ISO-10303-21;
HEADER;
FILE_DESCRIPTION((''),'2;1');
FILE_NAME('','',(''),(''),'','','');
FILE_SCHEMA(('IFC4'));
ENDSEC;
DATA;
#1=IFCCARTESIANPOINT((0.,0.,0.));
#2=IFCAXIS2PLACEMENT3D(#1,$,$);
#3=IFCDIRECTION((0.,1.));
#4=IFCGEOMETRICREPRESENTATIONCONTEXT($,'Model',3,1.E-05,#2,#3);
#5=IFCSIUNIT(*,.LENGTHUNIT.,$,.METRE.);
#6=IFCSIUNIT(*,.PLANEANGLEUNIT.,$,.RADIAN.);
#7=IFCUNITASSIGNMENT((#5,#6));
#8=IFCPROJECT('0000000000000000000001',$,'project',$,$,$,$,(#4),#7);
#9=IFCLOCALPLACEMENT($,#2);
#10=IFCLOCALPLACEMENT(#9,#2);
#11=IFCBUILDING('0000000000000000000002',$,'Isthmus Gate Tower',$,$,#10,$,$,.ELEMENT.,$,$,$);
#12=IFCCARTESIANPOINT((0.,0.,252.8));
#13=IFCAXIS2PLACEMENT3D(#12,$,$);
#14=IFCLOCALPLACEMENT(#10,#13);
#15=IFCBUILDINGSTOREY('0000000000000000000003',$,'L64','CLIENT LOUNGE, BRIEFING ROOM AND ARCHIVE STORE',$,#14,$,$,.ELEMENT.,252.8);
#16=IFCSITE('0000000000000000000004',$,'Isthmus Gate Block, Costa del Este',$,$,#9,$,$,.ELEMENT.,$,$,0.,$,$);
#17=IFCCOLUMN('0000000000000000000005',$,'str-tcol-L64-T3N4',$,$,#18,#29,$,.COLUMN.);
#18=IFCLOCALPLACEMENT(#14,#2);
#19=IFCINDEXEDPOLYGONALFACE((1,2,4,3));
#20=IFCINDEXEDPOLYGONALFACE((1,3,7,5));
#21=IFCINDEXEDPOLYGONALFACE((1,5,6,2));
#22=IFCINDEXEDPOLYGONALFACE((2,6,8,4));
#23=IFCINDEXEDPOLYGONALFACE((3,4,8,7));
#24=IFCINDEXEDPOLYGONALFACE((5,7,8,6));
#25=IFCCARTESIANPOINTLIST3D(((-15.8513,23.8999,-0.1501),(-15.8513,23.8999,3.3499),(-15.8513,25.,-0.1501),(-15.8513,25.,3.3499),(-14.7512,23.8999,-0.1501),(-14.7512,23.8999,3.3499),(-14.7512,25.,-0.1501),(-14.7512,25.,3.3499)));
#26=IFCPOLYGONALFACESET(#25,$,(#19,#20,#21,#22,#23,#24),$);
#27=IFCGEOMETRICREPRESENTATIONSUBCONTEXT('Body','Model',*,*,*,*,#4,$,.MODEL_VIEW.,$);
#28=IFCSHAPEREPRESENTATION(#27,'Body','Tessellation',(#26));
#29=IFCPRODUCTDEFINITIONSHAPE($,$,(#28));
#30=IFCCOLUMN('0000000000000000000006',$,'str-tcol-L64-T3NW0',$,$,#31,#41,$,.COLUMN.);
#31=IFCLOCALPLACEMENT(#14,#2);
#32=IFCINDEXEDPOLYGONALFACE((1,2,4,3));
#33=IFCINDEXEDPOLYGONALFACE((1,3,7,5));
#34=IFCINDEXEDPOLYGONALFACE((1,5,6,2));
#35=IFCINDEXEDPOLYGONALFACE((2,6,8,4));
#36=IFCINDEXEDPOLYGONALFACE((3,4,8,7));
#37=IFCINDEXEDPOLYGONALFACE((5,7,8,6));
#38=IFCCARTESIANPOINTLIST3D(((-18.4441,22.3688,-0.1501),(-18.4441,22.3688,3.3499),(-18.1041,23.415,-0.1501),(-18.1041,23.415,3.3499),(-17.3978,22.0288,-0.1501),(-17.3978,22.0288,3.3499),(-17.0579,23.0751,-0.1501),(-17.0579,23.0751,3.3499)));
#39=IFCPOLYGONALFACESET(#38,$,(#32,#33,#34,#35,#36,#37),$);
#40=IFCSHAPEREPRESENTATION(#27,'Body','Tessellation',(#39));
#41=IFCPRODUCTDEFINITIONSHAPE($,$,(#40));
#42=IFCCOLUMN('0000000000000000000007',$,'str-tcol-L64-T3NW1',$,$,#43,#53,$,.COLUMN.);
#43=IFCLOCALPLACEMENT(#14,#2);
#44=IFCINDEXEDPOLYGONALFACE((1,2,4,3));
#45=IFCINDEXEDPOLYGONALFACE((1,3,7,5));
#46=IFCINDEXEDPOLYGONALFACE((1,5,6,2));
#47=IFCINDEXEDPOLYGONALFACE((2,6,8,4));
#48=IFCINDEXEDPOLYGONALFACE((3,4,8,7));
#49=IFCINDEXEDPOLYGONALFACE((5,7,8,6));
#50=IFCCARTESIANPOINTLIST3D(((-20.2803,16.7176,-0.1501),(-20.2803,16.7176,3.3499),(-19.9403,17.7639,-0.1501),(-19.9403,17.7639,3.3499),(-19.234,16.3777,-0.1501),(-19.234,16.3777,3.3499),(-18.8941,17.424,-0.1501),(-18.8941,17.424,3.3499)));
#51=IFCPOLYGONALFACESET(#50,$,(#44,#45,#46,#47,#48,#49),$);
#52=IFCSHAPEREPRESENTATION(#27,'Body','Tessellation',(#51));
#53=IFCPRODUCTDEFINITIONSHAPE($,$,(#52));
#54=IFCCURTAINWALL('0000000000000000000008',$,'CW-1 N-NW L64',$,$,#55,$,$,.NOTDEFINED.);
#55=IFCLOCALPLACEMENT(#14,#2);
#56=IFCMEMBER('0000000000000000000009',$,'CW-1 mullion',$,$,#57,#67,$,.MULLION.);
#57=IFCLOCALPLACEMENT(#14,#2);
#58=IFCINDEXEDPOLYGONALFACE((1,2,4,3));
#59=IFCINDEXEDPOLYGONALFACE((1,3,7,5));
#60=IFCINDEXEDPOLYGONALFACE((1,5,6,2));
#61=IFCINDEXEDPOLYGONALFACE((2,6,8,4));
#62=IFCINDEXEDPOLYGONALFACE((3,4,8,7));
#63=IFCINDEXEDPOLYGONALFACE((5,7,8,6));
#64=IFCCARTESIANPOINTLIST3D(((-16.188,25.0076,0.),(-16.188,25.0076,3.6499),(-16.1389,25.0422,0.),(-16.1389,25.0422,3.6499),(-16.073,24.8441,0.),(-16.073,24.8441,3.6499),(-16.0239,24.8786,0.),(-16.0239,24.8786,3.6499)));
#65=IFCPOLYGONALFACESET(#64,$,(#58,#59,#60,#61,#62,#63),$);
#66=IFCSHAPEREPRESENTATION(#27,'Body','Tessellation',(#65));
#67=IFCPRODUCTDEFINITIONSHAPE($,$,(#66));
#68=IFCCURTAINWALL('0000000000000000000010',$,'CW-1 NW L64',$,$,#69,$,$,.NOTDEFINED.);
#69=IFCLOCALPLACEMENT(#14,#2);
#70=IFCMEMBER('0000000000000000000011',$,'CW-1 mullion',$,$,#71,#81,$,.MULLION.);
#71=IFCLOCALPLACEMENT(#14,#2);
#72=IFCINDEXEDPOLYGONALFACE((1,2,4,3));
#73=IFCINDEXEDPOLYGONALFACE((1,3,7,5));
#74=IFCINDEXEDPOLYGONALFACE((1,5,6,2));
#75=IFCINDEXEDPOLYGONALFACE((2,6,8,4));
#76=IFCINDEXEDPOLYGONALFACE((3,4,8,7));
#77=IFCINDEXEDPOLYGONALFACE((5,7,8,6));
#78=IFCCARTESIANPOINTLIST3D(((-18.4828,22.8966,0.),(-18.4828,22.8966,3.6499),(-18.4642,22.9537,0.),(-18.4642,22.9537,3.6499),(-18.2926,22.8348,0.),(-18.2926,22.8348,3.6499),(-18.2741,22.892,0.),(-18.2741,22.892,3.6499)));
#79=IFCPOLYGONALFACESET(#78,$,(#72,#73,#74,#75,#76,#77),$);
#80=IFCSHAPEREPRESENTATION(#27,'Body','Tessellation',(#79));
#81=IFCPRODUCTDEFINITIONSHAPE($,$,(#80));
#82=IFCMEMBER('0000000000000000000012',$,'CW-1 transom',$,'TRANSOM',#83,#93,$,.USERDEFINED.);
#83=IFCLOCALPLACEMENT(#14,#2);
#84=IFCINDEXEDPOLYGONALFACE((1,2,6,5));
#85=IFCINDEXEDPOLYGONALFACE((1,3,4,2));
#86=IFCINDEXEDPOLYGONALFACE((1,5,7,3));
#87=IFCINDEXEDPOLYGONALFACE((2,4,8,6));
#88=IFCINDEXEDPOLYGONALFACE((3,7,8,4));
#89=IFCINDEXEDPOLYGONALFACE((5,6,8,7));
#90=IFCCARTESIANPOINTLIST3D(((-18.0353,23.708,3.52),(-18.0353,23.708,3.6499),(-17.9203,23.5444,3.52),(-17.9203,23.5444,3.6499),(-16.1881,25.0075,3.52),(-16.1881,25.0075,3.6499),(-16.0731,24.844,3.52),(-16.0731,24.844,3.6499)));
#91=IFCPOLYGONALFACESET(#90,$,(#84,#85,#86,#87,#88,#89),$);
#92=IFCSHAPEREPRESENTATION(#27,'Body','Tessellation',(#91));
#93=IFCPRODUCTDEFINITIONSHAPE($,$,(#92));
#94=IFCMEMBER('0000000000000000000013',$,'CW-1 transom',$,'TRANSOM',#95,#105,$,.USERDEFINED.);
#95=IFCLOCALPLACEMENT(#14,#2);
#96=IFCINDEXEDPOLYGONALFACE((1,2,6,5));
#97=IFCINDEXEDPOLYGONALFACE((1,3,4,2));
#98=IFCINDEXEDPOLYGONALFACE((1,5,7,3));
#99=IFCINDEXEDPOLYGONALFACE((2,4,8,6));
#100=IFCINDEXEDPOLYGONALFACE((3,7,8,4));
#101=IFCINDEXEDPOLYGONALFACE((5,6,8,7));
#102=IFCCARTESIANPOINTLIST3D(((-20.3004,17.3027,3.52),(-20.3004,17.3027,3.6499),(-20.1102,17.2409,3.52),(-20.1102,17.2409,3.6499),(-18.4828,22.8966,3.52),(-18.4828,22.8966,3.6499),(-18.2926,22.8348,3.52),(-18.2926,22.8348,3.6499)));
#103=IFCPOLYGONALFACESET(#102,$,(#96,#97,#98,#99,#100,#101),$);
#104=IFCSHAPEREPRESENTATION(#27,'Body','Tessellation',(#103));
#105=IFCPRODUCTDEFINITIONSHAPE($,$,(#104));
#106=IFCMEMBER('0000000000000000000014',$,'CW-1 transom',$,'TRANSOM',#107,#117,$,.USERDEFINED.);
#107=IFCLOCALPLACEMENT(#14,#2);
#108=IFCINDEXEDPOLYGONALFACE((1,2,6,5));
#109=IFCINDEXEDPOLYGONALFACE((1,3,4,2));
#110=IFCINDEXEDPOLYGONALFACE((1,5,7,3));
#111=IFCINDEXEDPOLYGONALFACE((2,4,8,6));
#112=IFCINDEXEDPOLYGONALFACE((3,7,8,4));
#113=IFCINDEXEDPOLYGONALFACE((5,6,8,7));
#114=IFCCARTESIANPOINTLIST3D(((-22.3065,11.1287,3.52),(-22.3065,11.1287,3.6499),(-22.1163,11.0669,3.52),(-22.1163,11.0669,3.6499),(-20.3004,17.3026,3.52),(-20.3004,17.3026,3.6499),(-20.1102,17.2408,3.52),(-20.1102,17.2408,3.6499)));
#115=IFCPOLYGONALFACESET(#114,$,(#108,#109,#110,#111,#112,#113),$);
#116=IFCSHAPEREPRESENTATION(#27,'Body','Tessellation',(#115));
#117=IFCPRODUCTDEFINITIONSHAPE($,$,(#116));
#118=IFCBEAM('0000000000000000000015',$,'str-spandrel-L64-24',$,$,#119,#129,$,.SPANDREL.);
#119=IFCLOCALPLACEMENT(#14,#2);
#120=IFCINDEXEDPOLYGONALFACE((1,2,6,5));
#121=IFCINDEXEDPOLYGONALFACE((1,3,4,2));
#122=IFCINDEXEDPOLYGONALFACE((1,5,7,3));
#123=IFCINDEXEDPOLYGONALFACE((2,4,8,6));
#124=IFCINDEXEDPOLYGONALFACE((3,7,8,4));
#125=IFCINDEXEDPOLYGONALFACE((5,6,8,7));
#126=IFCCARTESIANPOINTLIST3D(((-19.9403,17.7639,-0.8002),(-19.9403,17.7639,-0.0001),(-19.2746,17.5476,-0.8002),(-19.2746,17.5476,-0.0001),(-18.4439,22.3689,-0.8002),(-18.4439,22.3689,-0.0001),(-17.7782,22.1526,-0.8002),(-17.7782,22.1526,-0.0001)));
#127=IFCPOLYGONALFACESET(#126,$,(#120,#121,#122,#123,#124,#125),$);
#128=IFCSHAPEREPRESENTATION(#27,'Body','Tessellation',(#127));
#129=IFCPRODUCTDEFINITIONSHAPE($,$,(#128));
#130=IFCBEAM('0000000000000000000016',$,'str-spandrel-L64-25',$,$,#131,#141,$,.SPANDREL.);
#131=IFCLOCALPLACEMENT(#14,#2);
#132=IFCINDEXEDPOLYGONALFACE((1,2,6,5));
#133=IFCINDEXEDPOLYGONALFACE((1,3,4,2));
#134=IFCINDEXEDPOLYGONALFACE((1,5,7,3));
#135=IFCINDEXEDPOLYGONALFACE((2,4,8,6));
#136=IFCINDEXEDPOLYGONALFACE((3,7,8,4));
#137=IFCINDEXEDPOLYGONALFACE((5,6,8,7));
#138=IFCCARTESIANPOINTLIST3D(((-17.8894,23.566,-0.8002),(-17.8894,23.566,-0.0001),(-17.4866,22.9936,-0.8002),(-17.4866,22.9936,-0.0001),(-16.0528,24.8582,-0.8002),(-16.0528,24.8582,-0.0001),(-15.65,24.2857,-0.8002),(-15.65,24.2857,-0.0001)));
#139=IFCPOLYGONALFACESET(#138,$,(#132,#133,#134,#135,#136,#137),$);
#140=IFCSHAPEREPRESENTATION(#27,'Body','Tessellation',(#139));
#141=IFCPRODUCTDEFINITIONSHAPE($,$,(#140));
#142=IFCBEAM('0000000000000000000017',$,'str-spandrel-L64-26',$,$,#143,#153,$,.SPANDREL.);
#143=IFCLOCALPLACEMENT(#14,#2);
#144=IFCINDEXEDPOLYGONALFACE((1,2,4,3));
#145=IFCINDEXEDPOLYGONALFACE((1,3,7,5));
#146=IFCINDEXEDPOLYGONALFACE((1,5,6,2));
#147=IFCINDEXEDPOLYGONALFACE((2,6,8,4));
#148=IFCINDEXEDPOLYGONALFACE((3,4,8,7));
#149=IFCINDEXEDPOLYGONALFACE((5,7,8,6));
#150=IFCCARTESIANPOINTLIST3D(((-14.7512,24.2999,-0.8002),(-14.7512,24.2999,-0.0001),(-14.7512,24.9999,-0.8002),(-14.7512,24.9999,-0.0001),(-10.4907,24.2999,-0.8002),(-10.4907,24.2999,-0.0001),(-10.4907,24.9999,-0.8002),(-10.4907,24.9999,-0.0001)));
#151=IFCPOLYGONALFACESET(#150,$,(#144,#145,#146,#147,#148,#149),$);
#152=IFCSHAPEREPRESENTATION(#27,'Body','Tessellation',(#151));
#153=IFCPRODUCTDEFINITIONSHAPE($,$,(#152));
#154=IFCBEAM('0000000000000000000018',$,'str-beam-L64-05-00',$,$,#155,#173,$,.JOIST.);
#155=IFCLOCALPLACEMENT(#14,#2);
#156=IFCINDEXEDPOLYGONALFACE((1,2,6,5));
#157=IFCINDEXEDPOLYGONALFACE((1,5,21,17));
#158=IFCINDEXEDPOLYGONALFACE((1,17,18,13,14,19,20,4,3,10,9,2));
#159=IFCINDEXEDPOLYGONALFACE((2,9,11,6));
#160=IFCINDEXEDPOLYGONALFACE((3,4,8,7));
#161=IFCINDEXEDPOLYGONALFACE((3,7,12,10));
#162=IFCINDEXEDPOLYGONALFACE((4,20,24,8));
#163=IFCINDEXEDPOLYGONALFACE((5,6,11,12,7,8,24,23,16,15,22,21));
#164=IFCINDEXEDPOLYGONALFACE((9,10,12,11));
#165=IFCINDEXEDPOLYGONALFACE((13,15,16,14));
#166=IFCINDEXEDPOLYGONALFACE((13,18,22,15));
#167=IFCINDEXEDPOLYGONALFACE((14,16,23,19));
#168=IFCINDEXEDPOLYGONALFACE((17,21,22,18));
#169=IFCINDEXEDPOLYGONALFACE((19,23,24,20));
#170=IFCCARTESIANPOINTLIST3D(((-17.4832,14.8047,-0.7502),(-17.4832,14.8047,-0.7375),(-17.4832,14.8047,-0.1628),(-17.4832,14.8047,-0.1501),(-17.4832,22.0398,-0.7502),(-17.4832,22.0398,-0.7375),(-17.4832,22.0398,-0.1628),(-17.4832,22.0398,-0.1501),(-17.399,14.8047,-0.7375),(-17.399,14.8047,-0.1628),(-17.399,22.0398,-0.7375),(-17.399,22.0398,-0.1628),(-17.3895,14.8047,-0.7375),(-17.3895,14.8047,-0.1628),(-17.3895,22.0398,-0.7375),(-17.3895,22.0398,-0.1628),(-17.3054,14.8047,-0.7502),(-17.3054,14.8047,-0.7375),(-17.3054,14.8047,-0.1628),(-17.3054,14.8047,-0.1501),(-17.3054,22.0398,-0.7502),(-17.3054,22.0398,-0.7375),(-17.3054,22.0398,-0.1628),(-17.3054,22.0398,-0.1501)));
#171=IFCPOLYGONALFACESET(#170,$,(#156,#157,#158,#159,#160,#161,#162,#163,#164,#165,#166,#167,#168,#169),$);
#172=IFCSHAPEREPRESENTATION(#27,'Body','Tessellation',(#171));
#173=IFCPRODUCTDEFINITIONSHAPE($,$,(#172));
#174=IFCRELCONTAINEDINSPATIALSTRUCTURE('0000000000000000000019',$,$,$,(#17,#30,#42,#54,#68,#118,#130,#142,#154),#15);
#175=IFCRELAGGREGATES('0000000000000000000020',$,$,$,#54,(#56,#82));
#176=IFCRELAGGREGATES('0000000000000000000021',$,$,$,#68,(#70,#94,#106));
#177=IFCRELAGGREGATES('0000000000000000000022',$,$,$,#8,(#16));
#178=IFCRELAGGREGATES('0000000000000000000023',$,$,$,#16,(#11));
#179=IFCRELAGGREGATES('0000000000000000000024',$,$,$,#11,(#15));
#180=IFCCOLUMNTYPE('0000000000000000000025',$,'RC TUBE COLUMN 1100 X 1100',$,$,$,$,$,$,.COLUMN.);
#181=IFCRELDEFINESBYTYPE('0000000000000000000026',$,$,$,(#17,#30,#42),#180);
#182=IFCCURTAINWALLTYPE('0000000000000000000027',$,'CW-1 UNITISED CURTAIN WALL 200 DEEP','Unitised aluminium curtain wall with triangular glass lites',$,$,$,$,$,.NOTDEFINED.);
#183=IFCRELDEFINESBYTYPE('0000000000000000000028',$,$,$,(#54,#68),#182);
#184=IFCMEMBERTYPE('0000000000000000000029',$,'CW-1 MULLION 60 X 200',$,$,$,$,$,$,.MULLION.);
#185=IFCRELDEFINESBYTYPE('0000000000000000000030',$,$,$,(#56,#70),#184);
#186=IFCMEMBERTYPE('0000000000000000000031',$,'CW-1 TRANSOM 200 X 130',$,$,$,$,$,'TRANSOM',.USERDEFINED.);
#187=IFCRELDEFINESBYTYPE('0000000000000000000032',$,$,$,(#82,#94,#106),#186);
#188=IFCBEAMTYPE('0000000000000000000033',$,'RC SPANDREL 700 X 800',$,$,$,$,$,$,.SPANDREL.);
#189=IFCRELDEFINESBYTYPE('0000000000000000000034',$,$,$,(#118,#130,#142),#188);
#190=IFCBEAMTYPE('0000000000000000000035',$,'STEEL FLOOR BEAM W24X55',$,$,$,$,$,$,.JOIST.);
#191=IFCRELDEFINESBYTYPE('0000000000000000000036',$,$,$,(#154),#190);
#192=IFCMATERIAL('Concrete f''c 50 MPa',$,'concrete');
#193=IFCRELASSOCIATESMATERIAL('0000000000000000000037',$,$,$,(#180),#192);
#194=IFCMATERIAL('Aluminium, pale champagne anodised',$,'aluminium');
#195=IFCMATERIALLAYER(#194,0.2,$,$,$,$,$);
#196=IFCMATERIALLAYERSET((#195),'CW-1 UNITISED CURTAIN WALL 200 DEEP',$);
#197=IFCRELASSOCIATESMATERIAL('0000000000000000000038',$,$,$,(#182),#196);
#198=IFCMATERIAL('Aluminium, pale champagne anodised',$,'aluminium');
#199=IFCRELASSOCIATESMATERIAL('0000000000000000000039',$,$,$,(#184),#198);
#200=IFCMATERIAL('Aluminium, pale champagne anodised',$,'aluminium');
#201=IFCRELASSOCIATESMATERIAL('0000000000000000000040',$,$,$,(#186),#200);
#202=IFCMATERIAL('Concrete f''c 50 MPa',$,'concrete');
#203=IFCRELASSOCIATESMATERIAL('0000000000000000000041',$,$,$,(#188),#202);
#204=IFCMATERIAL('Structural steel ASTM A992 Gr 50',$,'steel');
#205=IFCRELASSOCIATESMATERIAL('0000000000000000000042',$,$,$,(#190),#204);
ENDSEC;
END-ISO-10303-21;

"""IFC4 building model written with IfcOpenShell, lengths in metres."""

from ifc_helpers import new_model, si_unit, direction, frame, origin, origin_2d, place, context, subcontext, project, spatial, rectangle, i_section, extrude, material, layer, layer_set, material_profile, profile_set, type_object, element, aggregate, save


model = new_model("IFC4")

# Units and contexts
model_context = context("Model", 3, precision=1e-05, world=origin(), true_north=direction((0.0, 1.0)))
body_context = subcontext(model_context, "Body", "Model", "MODEL_VIEW")
ifc_project = project(units=[si_unit("LENGTHUNIT", "METRE"), si_unit("PLANEANGLEUNIT", "RADIAN")], contexts=[model_context])

# Site, building, storey
site_placement = place(None, origin())
site = spatial("IfcSite", under=ifc_project, at=site_placement, Name="Isthmus Gate Block, Costa del Este", CompositionType="ELEMENT", RefElevation=0.0)
building_placement = place(site_placement, origin())
building = spatial("IfcBuilding", under=site, at=building_placement, Name="Isthmus Gate Tower", CompositionType="ELEMENT")
storey_placement = place(building_placement, frame((0.0, 0.0, 252.8)))
storey = spatial("IfcBuildingStorey", under=building, at=storey_placement, Name="L64", Description="CLIENT LOUNGE, BRIEFING ROOM AND ARCHIVE STORE", CompositionType="ELEMENT", Elevation=252.8)

# Columns
ifc_material_1 = material(Name="Concrete f'c 50 MPa", Category="concrete")
ifc_material_profile_1 = material_profile(ifc_material_1, rectangle(XDim=1.1001, YDim=1.1001, at=origin_2d()), Name="RC 1100X1100")
ifc_profile_set_1 = profile_set([ifc_material_profile_1], Name="Concrete f'c 50 MPa")
column_type = type_object("IfcColumnType", Name="RC TUBE COLUMN 1100 X 1100", PredefinedType="COLUMN", material=ifc_profile_set_1)
for number, where, z_axis, x_axis, name in (
    (1, (-15.3013, 24.45, -0.1501), (0.0, 0.0, 1.0), (-1.0, 0.0, 0.0), "str-tcol-L64-T3N4"),
    (2, (-17.751, 22.7219, -0.1501), (0.0, 0.0, 1.0), (-0.309017, -0.951057, 0.0), "str-tcol-L64-T3NW0"),
    (3, (-19.5872, 17.0708, -0.1501), (0.0, 0.0, 1.0), (-0.309017, -0.951057, 0.0), "str-tcol-L64-T3NW1"),
):
    element("IfcColumn", number, at=place(storey_placement, frame(where, z_axis=z_axis, x_axis=x_axis)), inside=storey, type_object=column_type, Name=name, PredefinedType="COLUMN", context=body_context, shape_type="SweptSolid", body=[
        extrude(rectangle(XDim=1.1001, YDim=1.1001, at=origin_2d()), origin(), (0.0, 0.0, 1.0), 3.5),
    ])

# Curtain walls, members
ifc_material_2 = material(Name="Aluminium, pale champagne anodised", Category="aluminium")
ifc_layer_1 = layer(ifc_material_2, 0.2)
ifc_layer_set_1 = layer_set([ifc_layer_1], Name="CW-1 UNITISED CURTAIN WALL 200 DEEP")
curtain_wall_type = type_object("IfcCurtainWallType", Name="CW-1 UNITISED CURTAIN WALL 200 DEEP", Description="Unitised aluminium curtain wall with triangular glass lites", PredefinedType="NOTDEFINED", material=ifc_layer_set_1)
curtain_wall_1_placement = place(storey_placement, origin())
curtain_wall_1 = element("IfcCurtainWall", 4, at=curtain_wall_1_placement, inside=storey, type_object=curtain_wall_type, Name="CW-1 N-NW L64", PredefinedType="NOTDEFINED")
ifc_material_3 = material(Name="Aluminium, pale champagne anodised", Category="aluminium")
ifc_material_profile_2 = material_profile(ifc_material_3, rectangle(XDim=0.0601, YDim=0.2, at=origin_2d()), Name="60x200")
ifc_profile_set_2 = profile_set([ifc_material_profile_2], Name="Aluminium, pale champagne anodised")
member_type_1 = type_object("IfcMemberType", Name="CW-1 MULLION 60 X 200", PredefinedType="MULLION", material=ifc_profile_set_2)
member_1_placement = place(storey_placement, frame((-16.106, 24.9431, 0.0), z_axis=(0.0, 0.0, 1.0), x_axis=(-0.81786, -0.575418, 0.0)))
member_1 = element("IfcMember", 5, at=member_1_placement, type_object=member_type_1, Name="CW-1 mullion", PredefinedType="MULLION", context=body_context, shape_type="SweptSolid", body=[
    extrude(rectangle(XDim=0.0601, YDim=0.2, at=origin_2d()), origin(), (0.0, 0.0, 1.0), 3.6499),
])
curtain_wall_2_placement = place(storey_placement, origin())
curtain_wall_2 = element("IfcCurtainWall", 6, at=curtain_wall_2_placement, inside=storey, type_object=curtain_wall_type, Name="CW-1 NW L64", PredefinedType="NOTDEFINED")
member_2_placement = place(storey_placement, frame((-18.3784, 22.8943, 0.0), z_axis=(0.0, 0.0, 1.0), x_axis=(-0.309017, -0.951057, 0.0)))
member_2 = element("IfcMember", 7, at=member_2_placement, type_object=member_type_1, Name="CW-1 mullion", PredefinedType="MULLION", context=body_context, shape_type="SweptSolid", body=[
    extrude(rectangle(XDim=0.0601, YDim=0.2, at=origin_2d()), origin(), (0.0, 0.0, 1.0), 3.6499),
])

# Members
ifc_material_4 = material(Name="Aluminium, pale champagne anodised", Category="aluminium")
ifc_material_profile_3 = material_profile(ifc_material_4, rectangle(XDim=0.2, YDim=0.1299, at=origin_2d()), Name="200x130")
ifc_profile_set_3 = profile_set([ifc_material_profile_3], Name="Aluminium, pale champagne anodised")
member_type_2 = type_object("IfcMemberType", Name="CW-1 TRANSOM 200 X 130", ElementType="TRANSOM", PredefinedType="USERDEFINED", material=ifc_profile_set_3)
member_3_placement = place(storey_placement, frame((-16.1306, 24.9258, 3.585), z_axis=(-0.817869, -0.575405, 0.0), x_axis=(0.575405, -0.817869, 0.0)))
member_3 = element("IfcMember", 8, at=member_3_placement, type_object=member_type_2, Name="CW-1 transom", ObjectType="TRANSOM", PredefinedType="USERDEFINED", context=body_context, shape_type="SweptSolid", body=[
    extrude(rectangle(XDim=0.2, YDim=0.1299, at=origin_2d()), origin(), (0.0, 0.0, 1.0), 2.2585),
])
member_4_placement = place(storey_placement, frame((-18.3877, 22.8657, 3.585), z_axis=(-0.309021, -0.951055, 0.0), x_axis=(0.951055, -0.309021, 0.0)))
member_4 = element("IfcMember", 9, at=member_4_placement, type_object=member_type_2, Name="CW-1 transom", ObjectType="TRANSOM", PredefinedType="USERDEFINED", context=body_context, shape_type="SweptSolid", body=[
    extrude(rectangle(XDim=0.2, YDim=0.1299, at=origin_2d()), origin(), (0.0, 0.0, 1.0), 5.8818),
])
member_5_placement = place(storey_placement, frame((-20.2053, 17.2717, 3.585), z_axis=(-0.309021, -0.951055, 0.0), x_axis=(0.951055, -0.309021, 0.0)))
member_5 = element("IfcMember", 10, at=member_5_placement, type_object=member_type_2, Name="CW-1 transom", ObjectType="TRANSOM", PredefinedType="USERDEFINED", context=body_context, shape_type="SweptSolid", body=[
    extrude(rectangle(XDim=0.2, YDim=0.1299, at=origin_2d()), origin(), (0.0, 0.0, 1.0), 6.4917),
])

# Beams
ifc_material_5 = material(Name="Concrete f'c 50 MPa", Category="concrete")
ifc_material_profile_4 = material_profile(ifc_material_5, rectangle(XDim=0.7, YDim=0.8, at=origin_2d()), Name="RC 700X800")
ifc_profile_set_4 = profile_set([ifc_material_profile_4], Name="Concrete f'c 50 MPa")
beam_type_1 = type_object("IfcBeamType", Name="RC SPANDREL 700 X 800", PredefinedType="SPANDREL", material=ifc_profile_set_4)
beam_1_placement = place(storey_placement, frame((-19.6074, 17.6558, -0.4001), z_axis=(0.309034, 0.951051, 0.0), x_axis=(-0.951051, 0.309034, 0.0)))
element("IfcBeam", 11, at=beam_1_placement, inside=storey, type_object=beam_type_1, Name="str-spandrel-L64-24", PredefinedType="SPANDREL", context=body_context, shape_type="SweptSolid", body=[
    extrude(rectangle(XDim=0.7, YDim=0.8, at=origin_2d()), origin(), (0.0, 0.0, 1.0), 4.842),
])
beam_2_placement = place(storey_placement, frame((-17.688, 23.2798, -0.4001), z_axis=(0.817856, 0.575423, 0.0), x_axis=(-0.575423, 0.817856, 0.0)))
element("IfcBeam", 12, at=beam_2_placement, inside=storey, type_object=beam_type_1, Name="str-spandrel-L64-25", PredefinedType="SPANDREL", context=body_context, shape_type="SweptSolid", body=[
    extrude(rectangle(XDim=0.7, YDim=0.8, at=origin_2d()), origin(), (0.0, 0.0, 1.0), 2.2456),
])
beam_3_placement = place(storey_placement, frame((-14.7512, 24.6499, -0.4001), z_axis=(1.0, 0.0, 0.0), x_axis=(0.0, 1.0, 0.0)))
element("IfcBeam", 13, at=beam_3_placement, inside=storey, type_object=beam_type_1, Name="str-spandrel-L64-26", PredefinedType="SPANDREL", context=body_context, shape_type="SweptSolid", body=[
    extrude(rectangle(XDim=0.7, YDim=0.8, at=origin_2d()), origin(), (0.0, 0.0, 1.0), 4.2605),
])
ifc_material_6 = material(Name="Structural steel ASTM A992 Gr 50", Category="steel")
ifc_material_profile_5 = material_profile(ifc_material_6, i_section(OverallWidth=0.1777, OverallDepth=0.6001, WebThickness=0.0095, FlangeThickness=0.0127, at=origin_2d()), Name="W24X55")
ifc_profile_set_5 = profile_set([ifc_material_profile_5], Name="Structural steel ASTM A992 Gr 50")
beam_type_2 = type_object("IfcBeamType", Name="STEEL FLOOR BEAM W24X55", PredefinedType="JOIST", material=ifc_profile_set_5)
beam_4_placement = place(storey_placement, frame((-17.3943, 14.8047, -0.4502), z_axis=(0.0, 1.0, 0.0), x_axis=(-1.0, 0.0, 0.0)))
element("IfcBeam", 14, at=beam_4_placement, inside=storey, type_object=beam_type_2, Name="str-beam-L64-05-00", PredefinedType="JOIST", context=body_context, shape_type="SweptSolid", body=[
    extrude(i_section(OverallWidth=0.1777, OverallDepth=0.6001, WebThickness=0.0095, FlangeThickness=0.0127, at=origin_2d()), origin(), (0.0, 0.0, 1.0), 7.2351),
])

aggregate(curtain_wall_1, [member_1, member_3])

aggregate(curtain_wall_2, [member_2, member_4, member_5])

save(model, "model.ifc")
